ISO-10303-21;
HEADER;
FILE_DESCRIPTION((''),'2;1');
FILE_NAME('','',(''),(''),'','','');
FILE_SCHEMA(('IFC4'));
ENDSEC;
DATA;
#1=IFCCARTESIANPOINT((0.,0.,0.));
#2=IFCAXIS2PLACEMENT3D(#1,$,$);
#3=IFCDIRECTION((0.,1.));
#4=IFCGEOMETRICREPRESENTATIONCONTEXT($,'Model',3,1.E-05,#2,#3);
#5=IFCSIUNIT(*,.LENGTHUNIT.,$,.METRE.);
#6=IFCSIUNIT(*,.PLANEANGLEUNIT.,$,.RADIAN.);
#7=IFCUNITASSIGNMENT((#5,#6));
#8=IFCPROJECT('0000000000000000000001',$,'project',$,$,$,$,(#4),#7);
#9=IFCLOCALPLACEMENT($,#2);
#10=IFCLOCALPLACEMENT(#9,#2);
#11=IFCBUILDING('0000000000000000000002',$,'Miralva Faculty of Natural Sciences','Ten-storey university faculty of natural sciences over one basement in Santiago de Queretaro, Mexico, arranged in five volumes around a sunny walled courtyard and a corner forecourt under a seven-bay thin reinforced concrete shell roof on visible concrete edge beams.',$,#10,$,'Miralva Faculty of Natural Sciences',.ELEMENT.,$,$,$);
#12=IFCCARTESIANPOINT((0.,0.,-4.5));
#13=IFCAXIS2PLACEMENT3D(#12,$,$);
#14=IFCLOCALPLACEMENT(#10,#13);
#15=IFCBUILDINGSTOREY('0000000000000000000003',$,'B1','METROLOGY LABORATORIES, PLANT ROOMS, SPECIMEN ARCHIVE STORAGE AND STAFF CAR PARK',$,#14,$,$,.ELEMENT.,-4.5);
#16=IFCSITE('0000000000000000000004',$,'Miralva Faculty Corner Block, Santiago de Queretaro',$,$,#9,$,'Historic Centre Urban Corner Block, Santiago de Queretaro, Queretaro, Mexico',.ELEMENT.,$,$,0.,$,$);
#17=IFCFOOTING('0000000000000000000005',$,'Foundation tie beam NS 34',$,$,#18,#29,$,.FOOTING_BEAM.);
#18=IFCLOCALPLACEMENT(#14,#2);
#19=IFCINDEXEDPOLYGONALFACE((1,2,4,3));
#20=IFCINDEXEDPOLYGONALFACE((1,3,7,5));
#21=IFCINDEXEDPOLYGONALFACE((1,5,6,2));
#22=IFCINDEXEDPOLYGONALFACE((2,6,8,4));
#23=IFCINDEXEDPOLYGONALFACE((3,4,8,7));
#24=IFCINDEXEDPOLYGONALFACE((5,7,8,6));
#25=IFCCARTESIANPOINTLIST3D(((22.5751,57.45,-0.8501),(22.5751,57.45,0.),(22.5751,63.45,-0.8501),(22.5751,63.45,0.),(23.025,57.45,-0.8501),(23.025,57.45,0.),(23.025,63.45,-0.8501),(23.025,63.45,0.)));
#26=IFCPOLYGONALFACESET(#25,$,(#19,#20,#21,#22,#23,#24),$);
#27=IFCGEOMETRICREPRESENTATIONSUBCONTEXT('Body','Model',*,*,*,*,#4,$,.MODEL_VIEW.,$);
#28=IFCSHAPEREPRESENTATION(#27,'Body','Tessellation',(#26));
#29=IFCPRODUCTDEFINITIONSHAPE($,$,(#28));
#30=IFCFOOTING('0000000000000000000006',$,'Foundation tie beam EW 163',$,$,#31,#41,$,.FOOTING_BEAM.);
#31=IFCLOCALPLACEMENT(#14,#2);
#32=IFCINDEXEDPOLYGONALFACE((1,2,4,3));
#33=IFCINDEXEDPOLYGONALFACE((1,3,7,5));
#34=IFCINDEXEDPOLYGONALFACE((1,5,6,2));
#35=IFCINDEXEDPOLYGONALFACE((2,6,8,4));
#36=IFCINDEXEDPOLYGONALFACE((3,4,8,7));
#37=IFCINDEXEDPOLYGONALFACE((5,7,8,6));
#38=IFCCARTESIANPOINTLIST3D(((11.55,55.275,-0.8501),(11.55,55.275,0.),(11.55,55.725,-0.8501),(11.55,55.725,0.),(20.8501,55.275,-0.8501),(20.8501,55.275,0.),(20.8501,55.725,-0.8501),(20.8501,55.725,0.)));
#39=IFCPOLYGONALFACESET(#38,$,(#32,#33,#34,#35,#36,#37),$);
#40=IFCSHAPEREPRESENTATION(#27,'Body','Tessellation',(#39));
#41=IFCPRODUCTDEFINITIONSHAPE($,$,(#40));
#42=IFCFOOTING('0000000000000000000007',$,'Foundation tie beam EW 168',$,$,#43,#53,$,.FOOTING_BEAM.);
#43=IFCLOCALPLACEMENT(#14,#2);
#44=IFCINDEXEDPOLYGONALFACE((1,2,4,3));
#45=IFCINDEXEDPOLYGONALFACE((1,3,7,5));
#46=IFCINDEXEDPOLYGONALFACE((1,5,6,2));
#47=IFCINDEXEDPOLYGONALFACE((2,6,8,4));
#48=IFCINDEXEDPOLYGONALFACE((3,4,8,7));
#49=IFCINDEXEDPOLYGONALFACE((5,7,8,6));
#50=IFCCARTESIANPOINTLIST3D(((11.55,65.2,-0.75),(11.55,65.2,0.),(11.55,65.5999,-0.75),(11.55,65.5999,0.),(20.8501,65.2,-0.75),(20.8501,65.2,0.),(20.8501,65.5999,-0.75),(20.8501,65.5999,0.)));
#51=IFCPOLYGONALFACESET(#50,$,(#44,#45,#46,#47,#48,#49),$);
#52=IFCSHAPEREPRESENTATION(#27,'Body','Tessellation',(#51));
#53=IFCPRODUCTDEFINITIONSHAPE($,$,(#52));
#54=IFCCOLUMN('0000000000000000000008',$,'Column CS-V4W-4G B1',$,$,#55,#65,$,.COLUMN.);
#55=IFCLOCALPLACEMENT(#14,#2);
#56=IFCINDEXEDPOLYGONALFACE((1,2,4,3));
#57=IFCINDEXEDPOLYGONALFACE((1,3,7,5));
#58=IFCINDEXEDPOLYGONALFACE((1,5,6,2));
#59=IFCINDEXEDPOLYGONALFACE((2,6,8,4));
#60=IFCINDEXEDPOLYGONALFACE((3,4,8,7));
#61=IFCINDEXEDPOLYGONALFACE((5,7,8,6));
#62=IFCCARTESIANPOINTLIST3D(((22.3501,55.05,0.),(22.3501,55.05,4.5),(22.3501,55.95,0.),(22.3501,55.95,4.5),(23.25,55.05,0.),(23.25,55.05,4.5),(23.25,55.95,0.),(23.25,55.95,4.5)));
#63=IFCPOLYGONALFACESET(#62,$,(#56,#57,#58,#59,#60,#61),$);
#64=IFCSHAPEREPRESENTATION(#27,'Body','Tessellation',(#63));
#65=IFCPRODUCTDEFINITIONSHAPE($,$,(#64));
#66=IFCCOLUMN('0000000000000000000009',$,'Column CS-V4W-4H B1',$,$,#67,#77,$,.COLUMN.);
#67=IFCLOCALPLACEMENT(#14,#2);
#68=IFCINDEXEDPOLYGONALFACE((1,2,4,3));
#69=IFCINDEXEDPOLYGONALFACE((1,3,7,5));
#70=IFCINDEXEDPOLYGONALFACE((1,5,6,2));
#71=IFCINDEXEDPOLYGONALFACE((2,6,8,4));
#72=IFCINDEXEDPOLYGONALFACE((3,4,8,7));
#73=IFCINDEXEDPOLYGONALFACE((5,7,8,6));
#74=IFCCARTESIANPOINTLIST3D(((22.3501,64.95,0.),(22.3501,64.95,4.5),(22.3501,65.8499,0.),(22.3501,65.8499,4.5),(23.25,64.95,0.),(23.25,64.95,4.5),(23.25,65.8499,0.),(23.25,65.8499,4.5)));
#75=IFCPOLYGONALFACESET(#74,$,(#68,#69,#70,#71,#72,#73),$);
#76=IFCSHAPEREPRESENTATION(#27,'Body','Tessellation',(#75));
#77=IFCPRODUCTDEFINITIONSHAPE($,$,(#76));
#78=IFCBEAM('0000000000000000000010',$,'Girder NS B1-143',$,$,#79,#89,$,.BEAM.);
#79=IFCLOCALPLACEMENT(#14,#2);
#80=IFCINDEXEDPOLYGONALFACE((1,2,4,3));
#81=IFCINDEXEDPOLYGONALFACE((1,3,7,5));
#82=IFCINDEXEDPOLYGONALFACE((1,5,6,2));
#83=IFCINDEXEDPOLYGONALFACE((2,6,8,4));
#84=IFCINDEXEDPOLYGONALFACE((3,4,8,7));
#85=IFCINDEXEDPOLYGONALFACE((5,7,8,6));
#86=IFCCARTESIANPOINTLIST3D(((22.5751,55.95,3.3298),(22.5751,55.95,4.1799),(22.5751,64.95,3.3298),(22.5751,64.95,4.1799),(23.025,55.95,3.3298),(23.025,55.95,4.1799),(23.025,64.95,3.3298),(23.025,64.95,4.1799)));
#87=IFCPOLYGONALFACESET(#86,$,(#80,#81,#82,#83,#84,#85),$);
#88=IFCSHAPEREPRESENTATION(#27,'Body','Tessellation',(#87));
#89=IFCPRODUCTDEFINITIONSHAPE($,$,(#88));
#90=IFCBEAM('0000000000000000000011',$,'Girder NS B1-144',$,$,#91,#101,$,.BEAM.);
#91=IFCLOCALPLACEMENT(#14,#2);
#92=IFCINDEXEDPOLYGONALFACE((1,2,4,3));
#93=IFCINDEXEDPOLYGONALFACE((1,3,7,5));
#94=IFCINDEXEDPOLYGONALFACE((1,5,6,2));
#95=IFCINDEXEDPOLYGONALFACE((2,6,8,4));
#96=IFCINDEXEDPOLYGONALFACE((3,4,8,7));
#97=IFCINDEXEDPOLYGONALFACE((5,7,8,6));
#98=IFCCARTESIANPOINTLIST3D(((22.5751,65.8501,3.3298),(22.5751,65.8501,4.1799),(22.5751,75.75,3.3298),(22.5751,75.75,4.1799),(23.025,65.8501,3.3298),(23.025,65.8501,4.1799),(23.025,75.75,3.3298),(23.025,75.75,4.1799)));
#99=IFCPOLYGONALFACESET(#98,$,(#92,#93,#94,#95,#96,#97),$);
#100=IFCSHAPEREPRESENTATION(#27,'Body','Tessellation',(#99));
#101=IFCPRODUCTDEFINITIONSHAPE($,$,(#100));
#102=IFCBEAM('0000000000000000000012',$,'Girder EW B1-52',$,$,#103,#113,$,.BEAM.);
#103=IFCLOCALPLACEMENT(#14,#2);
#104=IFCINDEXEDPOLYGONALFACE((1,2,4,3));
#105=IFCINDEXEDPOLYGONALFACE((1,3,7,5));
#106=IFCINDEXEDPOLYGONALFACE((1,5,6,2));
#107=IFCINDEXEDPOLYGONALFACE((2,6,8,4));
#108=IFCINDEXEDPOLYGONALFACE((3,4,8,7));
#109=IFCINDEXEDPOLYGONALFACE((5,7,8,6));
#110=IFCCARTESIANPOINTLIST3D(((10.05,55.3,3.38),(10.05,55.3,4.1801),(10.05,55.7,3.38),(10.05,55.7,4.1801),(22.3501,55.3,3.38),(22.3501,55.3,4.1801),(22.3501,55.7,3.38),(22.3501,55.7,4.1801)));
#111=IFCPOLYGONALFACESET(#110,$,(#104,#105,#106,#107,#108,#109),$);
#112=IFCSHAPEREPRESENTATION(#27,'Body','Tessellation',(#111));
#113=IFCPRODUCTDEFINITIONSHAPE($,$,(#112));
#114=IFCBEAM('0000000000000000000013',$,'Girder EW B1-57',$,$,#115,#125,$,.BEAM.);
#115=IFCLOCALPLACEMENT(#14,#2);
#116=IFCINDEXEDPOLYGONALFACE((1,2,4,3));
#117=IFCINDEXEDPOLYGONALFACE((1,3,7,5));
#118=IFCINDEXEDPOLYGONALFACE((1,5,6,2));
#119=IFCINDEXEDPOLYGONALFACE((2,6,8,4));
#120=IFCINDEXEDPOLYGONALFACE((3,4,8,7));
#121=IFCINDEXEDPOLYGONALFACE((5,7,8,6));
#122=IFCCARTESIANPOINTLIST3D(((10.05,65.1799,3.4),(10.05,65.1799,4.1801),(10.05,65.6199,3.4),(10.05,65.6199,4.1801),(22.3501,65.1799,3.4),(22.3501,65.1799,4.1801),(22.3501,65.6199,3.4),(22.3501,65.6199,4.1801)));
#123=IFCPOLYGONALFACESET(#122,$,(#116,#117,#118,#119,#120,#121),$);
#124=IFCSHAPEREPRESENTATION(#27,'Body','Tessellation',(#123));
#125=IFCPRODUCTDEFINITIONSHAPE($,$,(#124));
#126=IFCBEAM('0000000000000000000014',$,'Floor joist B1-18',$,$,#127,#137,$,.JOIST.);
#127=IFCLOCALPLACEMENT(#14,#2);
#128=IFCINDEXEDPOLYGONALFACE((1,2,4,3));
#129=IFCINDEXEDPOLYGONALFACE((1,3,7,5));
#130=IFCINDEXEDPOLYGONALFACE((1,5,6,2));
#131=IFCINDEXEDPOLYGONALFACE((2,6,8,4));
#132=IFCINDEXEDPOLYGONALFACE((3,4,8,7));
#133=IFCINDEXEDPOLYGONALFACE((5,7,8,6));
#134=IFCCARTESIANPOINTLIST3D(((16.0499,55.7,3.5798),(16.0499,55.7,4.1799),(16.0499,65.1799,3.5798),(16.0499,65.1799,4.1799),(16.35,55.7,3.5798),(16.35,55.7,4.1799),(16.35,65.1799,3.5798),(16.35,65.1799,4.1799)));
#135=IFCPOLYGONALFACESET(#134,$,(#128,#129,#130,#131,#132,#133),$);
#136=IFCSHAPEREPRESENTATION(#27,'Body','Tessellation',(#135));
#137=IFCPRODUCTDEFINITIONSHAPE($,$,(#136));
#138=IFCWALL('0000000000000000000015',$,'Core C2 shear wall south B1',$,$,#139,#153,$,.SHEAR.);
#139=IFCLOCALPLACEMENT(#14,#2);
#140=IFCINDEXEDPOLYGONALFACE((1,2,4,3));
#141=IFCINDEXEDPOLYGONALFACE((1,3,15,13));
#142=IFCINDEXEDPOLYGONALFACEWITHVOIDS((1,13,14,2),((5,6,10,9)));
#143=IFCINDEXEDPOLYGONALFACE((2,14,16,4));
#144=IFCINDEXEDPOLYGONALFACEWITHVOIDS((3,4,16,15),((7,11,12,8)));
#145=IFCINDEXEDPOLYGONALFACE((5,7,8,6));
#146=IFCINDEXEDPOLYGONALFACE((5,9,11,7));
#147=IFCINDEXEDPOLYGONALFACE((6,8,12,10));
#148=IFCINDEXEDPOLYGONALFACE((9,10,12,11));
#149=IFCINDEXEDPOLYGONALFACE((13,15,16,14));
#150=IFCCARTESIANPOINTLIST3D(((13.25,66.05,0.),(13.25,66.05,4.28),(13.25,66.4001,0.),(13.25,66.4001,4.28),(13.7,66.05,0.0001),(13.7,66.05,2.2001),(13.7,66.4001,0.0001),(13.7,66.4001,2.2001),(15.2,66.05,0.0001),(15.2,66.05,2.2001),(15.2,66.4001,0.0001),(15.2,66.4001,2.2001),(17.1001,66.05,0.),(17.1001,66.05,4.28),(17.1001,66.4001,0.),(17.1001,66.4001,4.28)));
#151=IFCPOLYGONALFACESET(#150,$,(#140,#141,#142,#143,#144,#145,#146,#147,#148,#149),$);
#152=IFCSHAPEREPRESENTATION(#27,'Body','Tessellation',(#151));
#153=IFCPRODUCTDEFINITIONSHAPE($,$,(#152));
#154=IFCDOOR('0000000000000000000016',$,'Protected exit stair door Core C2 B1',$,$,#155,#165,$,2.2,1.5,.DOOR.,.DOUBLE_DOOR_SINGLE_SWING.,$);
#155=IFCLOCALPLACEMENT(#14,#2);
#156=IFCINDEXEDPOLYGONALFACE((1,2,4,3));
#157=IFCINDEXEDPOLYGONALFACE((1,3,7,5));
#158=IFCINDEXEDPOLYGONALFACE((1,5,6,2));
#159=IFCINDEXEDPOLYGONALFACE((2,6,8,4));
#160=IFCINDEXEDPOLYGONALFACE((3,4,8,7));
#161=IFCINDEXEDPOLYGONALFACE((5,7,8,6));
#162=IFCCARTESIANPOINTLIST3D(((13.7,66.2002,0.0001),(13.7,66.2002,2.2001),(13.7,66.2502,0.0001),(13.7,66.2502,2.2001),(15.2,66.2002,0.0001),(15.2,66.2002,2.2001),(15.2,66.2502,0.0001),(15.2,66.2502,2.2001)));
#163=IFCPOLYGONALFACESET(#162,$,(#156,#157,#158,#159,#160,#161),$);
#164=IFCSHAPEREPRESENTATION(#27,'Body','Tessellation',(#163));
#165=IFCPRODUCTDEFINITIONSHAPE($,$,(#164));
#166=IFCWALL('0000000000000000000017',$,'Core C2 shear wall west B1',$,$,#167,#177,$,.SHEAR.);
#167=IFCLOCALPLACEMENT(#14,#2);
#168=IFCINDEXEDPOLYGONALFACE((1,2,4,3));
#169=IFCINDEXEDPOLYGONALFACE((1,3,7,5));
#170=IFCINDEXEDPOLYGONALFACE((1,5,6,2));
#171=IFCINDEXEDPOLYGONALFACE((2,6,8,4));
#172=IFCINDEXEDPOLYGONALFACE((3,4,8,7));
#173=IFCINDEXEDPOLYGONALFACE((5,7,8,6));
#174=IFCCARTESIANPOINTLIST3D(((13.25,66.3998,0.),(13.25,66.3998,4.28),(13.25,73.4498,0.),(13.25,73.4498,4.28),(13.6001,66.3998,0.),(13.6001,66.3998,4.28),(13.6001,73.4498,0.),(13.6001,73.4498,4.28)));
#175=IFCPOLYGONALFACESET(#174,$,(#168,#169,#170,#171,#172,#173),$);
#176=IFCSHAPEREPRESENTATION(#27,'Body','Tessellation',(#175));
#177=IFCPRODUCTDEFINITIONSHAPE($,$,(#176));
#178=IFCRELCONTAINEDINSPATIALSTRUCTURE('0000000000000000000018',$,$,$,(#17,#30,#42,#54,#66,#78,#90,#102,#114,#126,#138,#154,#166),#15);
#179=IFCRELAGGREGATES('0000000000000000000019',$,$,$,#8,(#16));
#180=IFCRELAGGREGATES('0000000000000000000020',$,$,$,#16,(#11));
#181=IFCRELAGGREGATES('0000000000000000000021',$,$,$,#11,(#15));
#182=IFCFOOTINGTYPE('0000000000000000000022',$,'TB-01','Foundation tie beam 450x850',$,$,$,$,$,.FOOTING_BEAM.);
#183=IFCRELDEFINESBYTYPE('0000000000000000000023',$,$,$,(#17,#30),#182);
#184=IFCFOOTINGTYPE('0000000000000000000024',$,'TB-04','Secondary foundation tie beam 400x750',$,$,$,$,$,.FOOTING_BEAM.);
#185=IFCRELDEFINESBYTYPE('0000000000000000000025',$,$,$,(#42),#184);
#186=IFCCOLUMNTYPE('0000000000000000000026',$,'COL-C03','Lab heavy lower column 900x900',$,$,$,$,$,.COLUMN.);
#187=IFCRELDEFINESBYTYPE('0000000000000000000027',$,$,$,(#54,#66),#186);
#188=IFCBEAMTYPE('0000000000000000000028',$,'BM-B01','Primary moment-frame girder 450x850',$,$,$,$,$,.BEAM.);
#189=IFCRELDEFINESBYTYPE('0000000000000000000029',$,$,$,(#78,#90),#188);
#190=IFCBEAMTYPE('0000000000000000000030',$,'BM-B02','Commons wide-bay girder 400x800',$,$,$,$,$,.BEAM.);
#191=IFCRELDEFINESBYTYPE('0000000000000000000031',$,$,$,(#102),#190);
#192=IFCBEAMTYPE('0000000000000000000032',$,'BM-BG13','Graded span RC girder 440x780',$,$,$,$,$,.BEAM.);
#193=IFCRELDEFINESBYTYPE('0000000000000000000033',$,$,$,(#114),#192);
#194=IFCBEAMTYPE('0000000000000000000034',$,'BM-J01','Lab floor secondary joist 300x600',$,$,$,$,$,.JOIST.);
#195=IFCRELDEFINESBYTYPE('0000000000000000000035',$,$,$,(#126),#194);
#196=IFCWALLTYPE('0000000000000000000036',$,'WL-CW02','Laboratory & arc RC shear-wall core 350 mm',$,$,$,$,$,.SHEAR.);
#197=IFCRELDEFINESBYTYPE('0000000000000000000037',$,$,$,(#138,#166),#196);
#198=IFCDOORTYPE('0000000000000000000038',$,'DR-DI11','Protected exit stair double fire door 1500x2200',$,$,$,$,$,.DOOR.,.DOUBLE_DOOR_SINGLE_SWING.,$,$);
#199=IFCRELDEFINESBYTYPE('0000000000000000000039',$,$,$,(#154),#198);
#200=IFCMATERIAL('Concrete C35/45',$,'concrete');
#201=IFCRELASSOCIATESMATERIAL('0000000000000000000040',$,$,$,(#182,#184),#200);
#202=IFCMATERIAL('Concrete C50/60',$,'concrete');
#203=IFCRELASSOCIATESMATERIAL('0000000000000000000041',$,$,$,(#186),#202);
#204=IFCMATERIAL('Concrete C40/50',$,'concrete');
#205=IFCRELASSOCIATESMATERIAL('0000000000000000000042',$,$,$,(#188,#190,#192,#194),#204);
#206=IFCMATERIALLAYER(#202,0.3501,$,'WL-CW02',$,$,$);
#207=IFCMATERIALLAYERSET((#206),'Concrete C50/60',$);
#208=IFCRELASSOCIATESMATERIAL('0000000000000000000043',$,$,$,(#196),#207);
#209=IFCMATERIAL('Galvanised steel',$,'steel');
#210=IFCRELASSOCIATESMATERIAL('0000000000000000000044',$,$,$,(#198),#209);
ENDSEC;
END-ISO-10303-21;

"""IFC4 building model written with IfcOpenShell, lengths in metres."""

from ifc_helpers import new_model, si_unit, direction, frame, frame_2d, origin, origin_2d, place, context, subcontext, project, spatial, rectangle, extrude, material, layer, layer_set, material_profile, profile_set, type_object, element, fill, save


model = new_model("IFC4")

# Units and contexts
model_context = context("Model", 3, precision=1e-05, world=origin(), true_north=direction((0.0, 1.0)))
body_context = subcontext(model_context, "Body", "Model", "MODEL_VIEW")
ifc_project = project(units=[si_unit("LENGTHUNIT", "METRE"), si_unit("PLANEANGLEUNIT", "RADIAN")], contexts=[model_context])

# Site, building, storey
site_placement = place(None, origin())
site = spatial("IfcSite", under=ifc_project, at=site_placement, Name="Miralva Faculty Corner Block, Santiago de Queretaro", LongName="Historic Centre Urban Corner Block, Santiago de Queretaro, Queretaro, Mexico", CompositionType="ELEMENT", RefElevation=0.0)
building_placement = place(site_placement, origin())
building = spatial("IfcBuilding", under=site, at=building_placement, Name="Miralva Faculty of Natural Sciences", Description="Ten-storey university faculty of natural sciences over one basement in Santiago de Queretaro, Mexico, arranged in five volumes around a sunny walled courtyard and a corner forecourt under a seven-bay thin reinforced concrete shell roof on visible concrete edge beams.", LongName="Miralva Faculty of Natural Sciences", CompositionType="ELEMENT")
storey_placement = place(building_placement, frame((0.0, 0.0, -4.5)))
storey = spatial("IfcBuildingStorey", under=building, at=storey_placement, Name="B1", Description="METROLOGY LABORATORIES, PLANT ROOMS, SPECIMEN ARCHIVE STORAGE AND STAFF CAR PARK", CompositionType="ELEMENT", Elevation=-4.5)

# Shared definitions
ifc_material_1 = material(Name="Concrete C35/45", Category="concrete")

# Footings
ifc_material_profile_1 = material_profile(ifc_material_1, rectangle(XDim=0.45, YDim=0.8501, at=origin_2d()), Name="RC 450x850")
ifc_profile_set_1 = profile_set([ifc_material_profile_1], Name="Concrete C35/45")
footing_type_1 = type_object("IfcFootingType", Name="TB-01", Description="Foundation tie beam 450x850", PredefinedType="FOOTING_BEAM", material=ifc_profile_set_1)
footing_1_placement = place(storey_placement, frame((22.8, 57.45, -0.425), z_axis=(0.0, 1.0, 0.0), x_axis=(-1.0, 0.0, 0.0)))
element("IfcFooting", 1, at=footing_1_placement, inside=storey, type_object=footing_type_1, Name="Foundation tie beam NS 34", PredefinedType="FOOTING_BEAM", context=body_context, shape_type="SweptSolid", body=[
    extrude(rectangle(XDim=0.45, YDim=0.8501, at=origin_2d()), origin(), (0.0, 0.0, 1.0), 6.0),
])
footing_2_placement = place(storey_placement, frame((11.55, 55.5, -0.425), z_axis=(1.0, 0.0, 0.0), x_axis=(0.0, 1.0, 0.0)))
element("IfcFooting", 2, at=footing_2_placement, inside=storey, type_object=footing_type_1, Name="Foundation tie beam EW 163", PredefinedType="FOOTING_BEAM", context=body_context, shape_type="SweptSolid", body=[
    extrude(rectangle(XDim=0.45, YDim=0.8501, at=origin_2d()), origin(), (0.0, 0.0, 1.0), 9.3),
])
ifc_material_profile_2 = material_profile(ifc_material_1, rectangle(XDim=0.3999, YDim=0.75, at=origin_2d()), Name="RC 400x750")
ifc_profile_set_2 = profile_set([ifc_material_profile_2], Name="Concrete C35/45")
footing_type_2 = type_object("IfcFootingType", Name="TB-04", Description="Secondary foundation tie beam 400x750", PredefinedType="FOOTING_BEAM", material=ifc_profile_set_2)
footing_3_placement = place(storey_placement, frame((11.55, 65.3999, -0.375), z_axis=(1.0, 0.0, 0.0), x_axis=(0.0, 1.0, 0.0)))
element("IfcFooting", 3, at=footing_3_placement, inside=storey, type_object=footing_type_2, Name="Foundation tie beam EW 168", PredefinedType="FOOTING_BEAM", context=body_context, shape_type="SweptSolid", body=[
    extrude(rectangle(XDim=0.3999, YDim=0.75, at=origin_2d()), origin(), (0.0, 0.0, 1.0), 9.3),
])

# Columns
ifc_material_2 = material(Name="Concrete C50/60", Category="concrete")
ifc_material_profile_3 = material_profile(ifc_material_2, rectangle(XDim=0.8999, YDim=0.8999, at=origin_2d()), Name="RC 900x900")
ifc_profile_set_3 = profile_set([ifc_material_profile_3], Name="Concrete C50/60")
column_type = type_object("IfcColumnType", Name="COL-C03", Description="Lab heavy lower column 900x900", PredefinedType="COLUMN", material=ifc_profile_set_3)
for number, where, z_axis, x_axis, name in (
    (4, (22.8, 55.5, 0.0), (0.0, 0.0, 1.0), (1.0, 0.0, 0.0), "Column CS-V4W-4G B1"),
    (5, (22.8, 65.3999, 0.0), (0.0, 0.0, 1.0), (1.0, 0.0, 0.0), "Column CS-V4W-4H B1"),
):
    element("IfcColumn", number, at=place(storey_placement, frame(where, z_axis=z_axis, x_axis=x_axis)), inside=storey, type_object=column_type, Name=name, PredefinedType="COLUMN", context=body_context, shape_type="SweptSolid", body=[
        extrude(rectangle(XDim=0.8999, YDim=0.8999, at=origin_2d()), origin(), (0.0, 0.0, 1.0), 4.5),
    ])

# Beams
ifc_material_3 = material(Name="Concrete C40/50", Category="concrete")
ifc_material_profile_4 = material_profile(ifc_material_3, rectangle(XDim=0.45, YDim=0.8501, at=origin_2d()), Name="RC 450x850")
ifc_profile_set_4 = profile_set([ifc_material_profile_4], Name="Concrete C40/50")
beam_type_1 = type_object("IfcBeamType", Name="BM-B01", Description="Primary moment-frame girder 450x850", PredefinedType="BEAM", material=ifc_profile_set_4)
beam_1_placement = place(storey_placement, frame((22.8, 55.95, 3.7549), z_axis=(0.0, 1.0, 0.0), x_axis=(-1.0, 0.0, 0.0)))
element("IfcBeam", 6, at=beam_1_placement, inside=storey, type_object=beam_type_1, Name="Girder NS B1-143", PredefinedType="BEAM", context=body_context, shape_type="SweptSolid", body=[
    extrude(rectangle(XDim=0.45, YDim=0.8501, at=origin_2d()), origin(), (0.0, 0.0, 1.0), 9.0),
])
beam_2_placement = place(storey_placement, frame((22.8, 65.8501, 3.7549), z_axis=(0.0, 1.0, 0.0), x_axis=(-1.0, 0.0, 0.0)))
element("IfcBeam", 7, at=beam_2_placement, inside=storey, type_object=beam_type_1, Name="Girder NS B1-144", PredefinedType="BEAM", context=body_context, shape_type="SweptSolid", body=[
    extrude(rectangle(XDim=0.45, YDim=0.8501, at=origin_2d()), origin(), (0.0, 0.0, 1.0), 9.8999),
])
ifc_material_profile_5 = material_profile(ifc_material_3, rectangle(XDim=0.3999, YDim=0.8, at=origin_2d()), Name="RC 400x800")
ifc_profile_set_5 = profile_set([ifc_material_profile_5], Name="Concrete C40/50")
beam_type_2 = type_object("IfcBeamType", Name="BM-B02", Description="Commons wide-bay girder 400x800", PredefinedType="BEAM", material=ifc_profile_set_5)
beam_3_placement = place(storey_placement, frame((10.05, 55.5, 3.78), z_axis=(1.0, 0.0, 0.0), x_axis=(0.0, 1.0, 0.0)))
element("IfcBeam", 8, at=beam_3_placement, inside=storey, type_object=beam_type_2, Name="Girder EW B1-52", PredefinedType="BEAM", context=body_context, shape_type="SweptSolid", body=[
    extrude(rectangle(XDim=0.3999, YDim=0.8, at=origin_2d()), origin(), (0.0, 0.0, 1.0), 12.3),
])
ifc_material_profile_6 = material_profile(ifc_material_3, rectangle(XDim=0.4399, YDim=0.78, at=origin_2d()), Name="RC 440x780")
ifc_profile_set_6 = profile_set([ifc_material_profile_6], Name="Concrete C40/50")
beam_type_3 = type_object("IfcBeamType", Name="BM-BG13", Description="Graded span RC girder 440x780", PredefinedType="BEAM", material=ifc_profile_set_6)
beam_4_placement = place(storey_placement, frame((10.05, 65.3999, 3.79), z_axis=(1.0, 0.0, 0.0), x_axis=(0.0, 1.0, 0.0)))
element("IfcBeam", 9, at=beam_4_placement, inside=storey, type_object=beam_type_3, Name="Girder EW B1-57", PredefinedType="BEAM", context=body_context, shape_type="SweptSolid", body=[
    extrude(rectangle(XDim=0.4399, YDim=0.78, at=origin_2d()), origin(), (0.0, 0.0, 1.0), 12.3),
])
ifc_material_profile_7 = material_profile(ifc_material_3, rectangle(XDim=0.3, YDim=0.6001, at=origin_2d()), Name="RC 300x600")
ifc_profile_set_7 = profile_set([ifc_material_profile_7], Name="Concrete C40/50")
beam_type_4 = type_object("IfcBeamType", Name="BM-J01", Description="Lab floor secondary joist 300x600", PredefinedType="JOIST", material=ifc_profile_set_7)
beam_5_placement = place(storey_placement, frame((16.2, 55.7, 3.8799), z_axis=(0.0, 1.0, 0.0), x_axis=(-1.0, 0.0, 0.0)))
element("IfcBeam", 10, at=beam_5_placement, inside=storey, type_object=beam_type_4, Name="Floor joist B1-18", PredefinedType="JOIST", context=body_context, shape_type="SweptSolid", body=[
    extrude(rectangle(XDim=0.3, YDim=0.6001, at=origin_2d()), origin(), (0.0, 0.0, 1.0), 9.48),
])

# Wall, opening, door
ifc_layer_1 = layer(ifc_material_2, 0.3501, Name="WL-CW02")
ifc_layer_set_1 = layer_set([ifc_layer_1], Name="Concrete C50/60")
wall_type = type_object("IfcWallType", Name="WL-CW02", Description="Laboratory & arc RC shear-wall core 350 mm", PredefinedType="SHEAR", material=ifc_layer_set_1)
wall_placement = place(storey_placement, frame((13.25, 66.2251, 0.0), z_axis=(0.0, 0.0, 1.0), x_axis=(1.0, 0.0, 0.0)))
wall = element("IfcWall", 11, at=wall_placement, inside=storey, type_object=wall_type, Name="Core C2 shear wall south B1", PredefinedType="SHEAR", context=body_context, shape_type="SweptSolid", body=[
    extrude(rectangle(XDim=3.8501, YDim=0.3501, at=frame_2d((1.925, 0.0))), origin(), (0.0, 0.0, 1.0), 4.28),
])
opening_placement = place(wall_placement, frame((0.45, 0.0, 0.0)))
opening = element("IfcOpeningElement", 12, at=opening_placement, cuts=wall, PredefinedType="OPENING", context=body_context, shape_type="SweptSolid", body=[
    extrude(rectangle(XDim=1.5, YDim=2.2, at=frame_2d((0.75, 1.1001))), frame((0.0, 0.1851, 0.0), z_axis=(0.0, -1.0, 0.0), x_axis=(1.0, 0.0, 0.0)), (0.0, 0.0, 1.0), 0.3701),
])
ifc_material_4 = material(Name="Galvanised steel", Category="steel")
door_type = type_object("IfcDoorType", Name="DR-DI11", Description="Protected exit stair double fire door 1500x2200", OperationType="DOUBLE_DOOR_SINGLE_SWING", PredefinedType="DOOR", material=ifc_material_4)
door_placement = place(opening_placement, frame((1.5, 0.0, 0.0), z_axis=(0.0, 0.0, 1.0), x_axis=(-1.0, 0.0, 0.0)))
door = element("IfcDoor", 13, at=door_placement, inside=storey, type_object=door_type, Name="Protected exit stair door Core C2 B1", OperationType="DOUBLE_DOOR_SINGLE_SWING", OverallHeight=2.2, OverallWidth=1.5, PredefinedType="DOOR", context=body_context, shape_type="SweptSolid", body=[
    extrude(rectangle(XDim=1.5, YDim=2.2, at=frame_2d((0.75, 1.1001))), frame((0.0, 0.0249, 0.0), z_axis=(0.0, -1.0, 0.0), x_axis=(1.0, 0.0, 0.0)), (0.0, 0.0, 1.0), 0.05),
])
fill(opening, door)

# Wall
for number, where, z_axis, x_axis, name in (
    (14, (13.425, 66.3999, 0.0), (0.0, 0.0, 1.0), (0.0, 1.0, 0.0), "Core C2 shear wall west B1"),
):
    element("IfcWall", number, at=place(storey_placement, frame(where, z_axis=z_axis, x_axis=x_axis)), inside=storey, type_object=wall_type, Name=name, PredefinedType="SHEAR", context=body_context, shape_type="SweptSolid", body=[
        extrude(rectangle(XDim=7.05, YDim=0.3501, at=frame_2d((3.5249, 0.0))), origin(), (0.0, 0.0, 1.0), 4.28),
    ])

save(model, "model.ifc")
